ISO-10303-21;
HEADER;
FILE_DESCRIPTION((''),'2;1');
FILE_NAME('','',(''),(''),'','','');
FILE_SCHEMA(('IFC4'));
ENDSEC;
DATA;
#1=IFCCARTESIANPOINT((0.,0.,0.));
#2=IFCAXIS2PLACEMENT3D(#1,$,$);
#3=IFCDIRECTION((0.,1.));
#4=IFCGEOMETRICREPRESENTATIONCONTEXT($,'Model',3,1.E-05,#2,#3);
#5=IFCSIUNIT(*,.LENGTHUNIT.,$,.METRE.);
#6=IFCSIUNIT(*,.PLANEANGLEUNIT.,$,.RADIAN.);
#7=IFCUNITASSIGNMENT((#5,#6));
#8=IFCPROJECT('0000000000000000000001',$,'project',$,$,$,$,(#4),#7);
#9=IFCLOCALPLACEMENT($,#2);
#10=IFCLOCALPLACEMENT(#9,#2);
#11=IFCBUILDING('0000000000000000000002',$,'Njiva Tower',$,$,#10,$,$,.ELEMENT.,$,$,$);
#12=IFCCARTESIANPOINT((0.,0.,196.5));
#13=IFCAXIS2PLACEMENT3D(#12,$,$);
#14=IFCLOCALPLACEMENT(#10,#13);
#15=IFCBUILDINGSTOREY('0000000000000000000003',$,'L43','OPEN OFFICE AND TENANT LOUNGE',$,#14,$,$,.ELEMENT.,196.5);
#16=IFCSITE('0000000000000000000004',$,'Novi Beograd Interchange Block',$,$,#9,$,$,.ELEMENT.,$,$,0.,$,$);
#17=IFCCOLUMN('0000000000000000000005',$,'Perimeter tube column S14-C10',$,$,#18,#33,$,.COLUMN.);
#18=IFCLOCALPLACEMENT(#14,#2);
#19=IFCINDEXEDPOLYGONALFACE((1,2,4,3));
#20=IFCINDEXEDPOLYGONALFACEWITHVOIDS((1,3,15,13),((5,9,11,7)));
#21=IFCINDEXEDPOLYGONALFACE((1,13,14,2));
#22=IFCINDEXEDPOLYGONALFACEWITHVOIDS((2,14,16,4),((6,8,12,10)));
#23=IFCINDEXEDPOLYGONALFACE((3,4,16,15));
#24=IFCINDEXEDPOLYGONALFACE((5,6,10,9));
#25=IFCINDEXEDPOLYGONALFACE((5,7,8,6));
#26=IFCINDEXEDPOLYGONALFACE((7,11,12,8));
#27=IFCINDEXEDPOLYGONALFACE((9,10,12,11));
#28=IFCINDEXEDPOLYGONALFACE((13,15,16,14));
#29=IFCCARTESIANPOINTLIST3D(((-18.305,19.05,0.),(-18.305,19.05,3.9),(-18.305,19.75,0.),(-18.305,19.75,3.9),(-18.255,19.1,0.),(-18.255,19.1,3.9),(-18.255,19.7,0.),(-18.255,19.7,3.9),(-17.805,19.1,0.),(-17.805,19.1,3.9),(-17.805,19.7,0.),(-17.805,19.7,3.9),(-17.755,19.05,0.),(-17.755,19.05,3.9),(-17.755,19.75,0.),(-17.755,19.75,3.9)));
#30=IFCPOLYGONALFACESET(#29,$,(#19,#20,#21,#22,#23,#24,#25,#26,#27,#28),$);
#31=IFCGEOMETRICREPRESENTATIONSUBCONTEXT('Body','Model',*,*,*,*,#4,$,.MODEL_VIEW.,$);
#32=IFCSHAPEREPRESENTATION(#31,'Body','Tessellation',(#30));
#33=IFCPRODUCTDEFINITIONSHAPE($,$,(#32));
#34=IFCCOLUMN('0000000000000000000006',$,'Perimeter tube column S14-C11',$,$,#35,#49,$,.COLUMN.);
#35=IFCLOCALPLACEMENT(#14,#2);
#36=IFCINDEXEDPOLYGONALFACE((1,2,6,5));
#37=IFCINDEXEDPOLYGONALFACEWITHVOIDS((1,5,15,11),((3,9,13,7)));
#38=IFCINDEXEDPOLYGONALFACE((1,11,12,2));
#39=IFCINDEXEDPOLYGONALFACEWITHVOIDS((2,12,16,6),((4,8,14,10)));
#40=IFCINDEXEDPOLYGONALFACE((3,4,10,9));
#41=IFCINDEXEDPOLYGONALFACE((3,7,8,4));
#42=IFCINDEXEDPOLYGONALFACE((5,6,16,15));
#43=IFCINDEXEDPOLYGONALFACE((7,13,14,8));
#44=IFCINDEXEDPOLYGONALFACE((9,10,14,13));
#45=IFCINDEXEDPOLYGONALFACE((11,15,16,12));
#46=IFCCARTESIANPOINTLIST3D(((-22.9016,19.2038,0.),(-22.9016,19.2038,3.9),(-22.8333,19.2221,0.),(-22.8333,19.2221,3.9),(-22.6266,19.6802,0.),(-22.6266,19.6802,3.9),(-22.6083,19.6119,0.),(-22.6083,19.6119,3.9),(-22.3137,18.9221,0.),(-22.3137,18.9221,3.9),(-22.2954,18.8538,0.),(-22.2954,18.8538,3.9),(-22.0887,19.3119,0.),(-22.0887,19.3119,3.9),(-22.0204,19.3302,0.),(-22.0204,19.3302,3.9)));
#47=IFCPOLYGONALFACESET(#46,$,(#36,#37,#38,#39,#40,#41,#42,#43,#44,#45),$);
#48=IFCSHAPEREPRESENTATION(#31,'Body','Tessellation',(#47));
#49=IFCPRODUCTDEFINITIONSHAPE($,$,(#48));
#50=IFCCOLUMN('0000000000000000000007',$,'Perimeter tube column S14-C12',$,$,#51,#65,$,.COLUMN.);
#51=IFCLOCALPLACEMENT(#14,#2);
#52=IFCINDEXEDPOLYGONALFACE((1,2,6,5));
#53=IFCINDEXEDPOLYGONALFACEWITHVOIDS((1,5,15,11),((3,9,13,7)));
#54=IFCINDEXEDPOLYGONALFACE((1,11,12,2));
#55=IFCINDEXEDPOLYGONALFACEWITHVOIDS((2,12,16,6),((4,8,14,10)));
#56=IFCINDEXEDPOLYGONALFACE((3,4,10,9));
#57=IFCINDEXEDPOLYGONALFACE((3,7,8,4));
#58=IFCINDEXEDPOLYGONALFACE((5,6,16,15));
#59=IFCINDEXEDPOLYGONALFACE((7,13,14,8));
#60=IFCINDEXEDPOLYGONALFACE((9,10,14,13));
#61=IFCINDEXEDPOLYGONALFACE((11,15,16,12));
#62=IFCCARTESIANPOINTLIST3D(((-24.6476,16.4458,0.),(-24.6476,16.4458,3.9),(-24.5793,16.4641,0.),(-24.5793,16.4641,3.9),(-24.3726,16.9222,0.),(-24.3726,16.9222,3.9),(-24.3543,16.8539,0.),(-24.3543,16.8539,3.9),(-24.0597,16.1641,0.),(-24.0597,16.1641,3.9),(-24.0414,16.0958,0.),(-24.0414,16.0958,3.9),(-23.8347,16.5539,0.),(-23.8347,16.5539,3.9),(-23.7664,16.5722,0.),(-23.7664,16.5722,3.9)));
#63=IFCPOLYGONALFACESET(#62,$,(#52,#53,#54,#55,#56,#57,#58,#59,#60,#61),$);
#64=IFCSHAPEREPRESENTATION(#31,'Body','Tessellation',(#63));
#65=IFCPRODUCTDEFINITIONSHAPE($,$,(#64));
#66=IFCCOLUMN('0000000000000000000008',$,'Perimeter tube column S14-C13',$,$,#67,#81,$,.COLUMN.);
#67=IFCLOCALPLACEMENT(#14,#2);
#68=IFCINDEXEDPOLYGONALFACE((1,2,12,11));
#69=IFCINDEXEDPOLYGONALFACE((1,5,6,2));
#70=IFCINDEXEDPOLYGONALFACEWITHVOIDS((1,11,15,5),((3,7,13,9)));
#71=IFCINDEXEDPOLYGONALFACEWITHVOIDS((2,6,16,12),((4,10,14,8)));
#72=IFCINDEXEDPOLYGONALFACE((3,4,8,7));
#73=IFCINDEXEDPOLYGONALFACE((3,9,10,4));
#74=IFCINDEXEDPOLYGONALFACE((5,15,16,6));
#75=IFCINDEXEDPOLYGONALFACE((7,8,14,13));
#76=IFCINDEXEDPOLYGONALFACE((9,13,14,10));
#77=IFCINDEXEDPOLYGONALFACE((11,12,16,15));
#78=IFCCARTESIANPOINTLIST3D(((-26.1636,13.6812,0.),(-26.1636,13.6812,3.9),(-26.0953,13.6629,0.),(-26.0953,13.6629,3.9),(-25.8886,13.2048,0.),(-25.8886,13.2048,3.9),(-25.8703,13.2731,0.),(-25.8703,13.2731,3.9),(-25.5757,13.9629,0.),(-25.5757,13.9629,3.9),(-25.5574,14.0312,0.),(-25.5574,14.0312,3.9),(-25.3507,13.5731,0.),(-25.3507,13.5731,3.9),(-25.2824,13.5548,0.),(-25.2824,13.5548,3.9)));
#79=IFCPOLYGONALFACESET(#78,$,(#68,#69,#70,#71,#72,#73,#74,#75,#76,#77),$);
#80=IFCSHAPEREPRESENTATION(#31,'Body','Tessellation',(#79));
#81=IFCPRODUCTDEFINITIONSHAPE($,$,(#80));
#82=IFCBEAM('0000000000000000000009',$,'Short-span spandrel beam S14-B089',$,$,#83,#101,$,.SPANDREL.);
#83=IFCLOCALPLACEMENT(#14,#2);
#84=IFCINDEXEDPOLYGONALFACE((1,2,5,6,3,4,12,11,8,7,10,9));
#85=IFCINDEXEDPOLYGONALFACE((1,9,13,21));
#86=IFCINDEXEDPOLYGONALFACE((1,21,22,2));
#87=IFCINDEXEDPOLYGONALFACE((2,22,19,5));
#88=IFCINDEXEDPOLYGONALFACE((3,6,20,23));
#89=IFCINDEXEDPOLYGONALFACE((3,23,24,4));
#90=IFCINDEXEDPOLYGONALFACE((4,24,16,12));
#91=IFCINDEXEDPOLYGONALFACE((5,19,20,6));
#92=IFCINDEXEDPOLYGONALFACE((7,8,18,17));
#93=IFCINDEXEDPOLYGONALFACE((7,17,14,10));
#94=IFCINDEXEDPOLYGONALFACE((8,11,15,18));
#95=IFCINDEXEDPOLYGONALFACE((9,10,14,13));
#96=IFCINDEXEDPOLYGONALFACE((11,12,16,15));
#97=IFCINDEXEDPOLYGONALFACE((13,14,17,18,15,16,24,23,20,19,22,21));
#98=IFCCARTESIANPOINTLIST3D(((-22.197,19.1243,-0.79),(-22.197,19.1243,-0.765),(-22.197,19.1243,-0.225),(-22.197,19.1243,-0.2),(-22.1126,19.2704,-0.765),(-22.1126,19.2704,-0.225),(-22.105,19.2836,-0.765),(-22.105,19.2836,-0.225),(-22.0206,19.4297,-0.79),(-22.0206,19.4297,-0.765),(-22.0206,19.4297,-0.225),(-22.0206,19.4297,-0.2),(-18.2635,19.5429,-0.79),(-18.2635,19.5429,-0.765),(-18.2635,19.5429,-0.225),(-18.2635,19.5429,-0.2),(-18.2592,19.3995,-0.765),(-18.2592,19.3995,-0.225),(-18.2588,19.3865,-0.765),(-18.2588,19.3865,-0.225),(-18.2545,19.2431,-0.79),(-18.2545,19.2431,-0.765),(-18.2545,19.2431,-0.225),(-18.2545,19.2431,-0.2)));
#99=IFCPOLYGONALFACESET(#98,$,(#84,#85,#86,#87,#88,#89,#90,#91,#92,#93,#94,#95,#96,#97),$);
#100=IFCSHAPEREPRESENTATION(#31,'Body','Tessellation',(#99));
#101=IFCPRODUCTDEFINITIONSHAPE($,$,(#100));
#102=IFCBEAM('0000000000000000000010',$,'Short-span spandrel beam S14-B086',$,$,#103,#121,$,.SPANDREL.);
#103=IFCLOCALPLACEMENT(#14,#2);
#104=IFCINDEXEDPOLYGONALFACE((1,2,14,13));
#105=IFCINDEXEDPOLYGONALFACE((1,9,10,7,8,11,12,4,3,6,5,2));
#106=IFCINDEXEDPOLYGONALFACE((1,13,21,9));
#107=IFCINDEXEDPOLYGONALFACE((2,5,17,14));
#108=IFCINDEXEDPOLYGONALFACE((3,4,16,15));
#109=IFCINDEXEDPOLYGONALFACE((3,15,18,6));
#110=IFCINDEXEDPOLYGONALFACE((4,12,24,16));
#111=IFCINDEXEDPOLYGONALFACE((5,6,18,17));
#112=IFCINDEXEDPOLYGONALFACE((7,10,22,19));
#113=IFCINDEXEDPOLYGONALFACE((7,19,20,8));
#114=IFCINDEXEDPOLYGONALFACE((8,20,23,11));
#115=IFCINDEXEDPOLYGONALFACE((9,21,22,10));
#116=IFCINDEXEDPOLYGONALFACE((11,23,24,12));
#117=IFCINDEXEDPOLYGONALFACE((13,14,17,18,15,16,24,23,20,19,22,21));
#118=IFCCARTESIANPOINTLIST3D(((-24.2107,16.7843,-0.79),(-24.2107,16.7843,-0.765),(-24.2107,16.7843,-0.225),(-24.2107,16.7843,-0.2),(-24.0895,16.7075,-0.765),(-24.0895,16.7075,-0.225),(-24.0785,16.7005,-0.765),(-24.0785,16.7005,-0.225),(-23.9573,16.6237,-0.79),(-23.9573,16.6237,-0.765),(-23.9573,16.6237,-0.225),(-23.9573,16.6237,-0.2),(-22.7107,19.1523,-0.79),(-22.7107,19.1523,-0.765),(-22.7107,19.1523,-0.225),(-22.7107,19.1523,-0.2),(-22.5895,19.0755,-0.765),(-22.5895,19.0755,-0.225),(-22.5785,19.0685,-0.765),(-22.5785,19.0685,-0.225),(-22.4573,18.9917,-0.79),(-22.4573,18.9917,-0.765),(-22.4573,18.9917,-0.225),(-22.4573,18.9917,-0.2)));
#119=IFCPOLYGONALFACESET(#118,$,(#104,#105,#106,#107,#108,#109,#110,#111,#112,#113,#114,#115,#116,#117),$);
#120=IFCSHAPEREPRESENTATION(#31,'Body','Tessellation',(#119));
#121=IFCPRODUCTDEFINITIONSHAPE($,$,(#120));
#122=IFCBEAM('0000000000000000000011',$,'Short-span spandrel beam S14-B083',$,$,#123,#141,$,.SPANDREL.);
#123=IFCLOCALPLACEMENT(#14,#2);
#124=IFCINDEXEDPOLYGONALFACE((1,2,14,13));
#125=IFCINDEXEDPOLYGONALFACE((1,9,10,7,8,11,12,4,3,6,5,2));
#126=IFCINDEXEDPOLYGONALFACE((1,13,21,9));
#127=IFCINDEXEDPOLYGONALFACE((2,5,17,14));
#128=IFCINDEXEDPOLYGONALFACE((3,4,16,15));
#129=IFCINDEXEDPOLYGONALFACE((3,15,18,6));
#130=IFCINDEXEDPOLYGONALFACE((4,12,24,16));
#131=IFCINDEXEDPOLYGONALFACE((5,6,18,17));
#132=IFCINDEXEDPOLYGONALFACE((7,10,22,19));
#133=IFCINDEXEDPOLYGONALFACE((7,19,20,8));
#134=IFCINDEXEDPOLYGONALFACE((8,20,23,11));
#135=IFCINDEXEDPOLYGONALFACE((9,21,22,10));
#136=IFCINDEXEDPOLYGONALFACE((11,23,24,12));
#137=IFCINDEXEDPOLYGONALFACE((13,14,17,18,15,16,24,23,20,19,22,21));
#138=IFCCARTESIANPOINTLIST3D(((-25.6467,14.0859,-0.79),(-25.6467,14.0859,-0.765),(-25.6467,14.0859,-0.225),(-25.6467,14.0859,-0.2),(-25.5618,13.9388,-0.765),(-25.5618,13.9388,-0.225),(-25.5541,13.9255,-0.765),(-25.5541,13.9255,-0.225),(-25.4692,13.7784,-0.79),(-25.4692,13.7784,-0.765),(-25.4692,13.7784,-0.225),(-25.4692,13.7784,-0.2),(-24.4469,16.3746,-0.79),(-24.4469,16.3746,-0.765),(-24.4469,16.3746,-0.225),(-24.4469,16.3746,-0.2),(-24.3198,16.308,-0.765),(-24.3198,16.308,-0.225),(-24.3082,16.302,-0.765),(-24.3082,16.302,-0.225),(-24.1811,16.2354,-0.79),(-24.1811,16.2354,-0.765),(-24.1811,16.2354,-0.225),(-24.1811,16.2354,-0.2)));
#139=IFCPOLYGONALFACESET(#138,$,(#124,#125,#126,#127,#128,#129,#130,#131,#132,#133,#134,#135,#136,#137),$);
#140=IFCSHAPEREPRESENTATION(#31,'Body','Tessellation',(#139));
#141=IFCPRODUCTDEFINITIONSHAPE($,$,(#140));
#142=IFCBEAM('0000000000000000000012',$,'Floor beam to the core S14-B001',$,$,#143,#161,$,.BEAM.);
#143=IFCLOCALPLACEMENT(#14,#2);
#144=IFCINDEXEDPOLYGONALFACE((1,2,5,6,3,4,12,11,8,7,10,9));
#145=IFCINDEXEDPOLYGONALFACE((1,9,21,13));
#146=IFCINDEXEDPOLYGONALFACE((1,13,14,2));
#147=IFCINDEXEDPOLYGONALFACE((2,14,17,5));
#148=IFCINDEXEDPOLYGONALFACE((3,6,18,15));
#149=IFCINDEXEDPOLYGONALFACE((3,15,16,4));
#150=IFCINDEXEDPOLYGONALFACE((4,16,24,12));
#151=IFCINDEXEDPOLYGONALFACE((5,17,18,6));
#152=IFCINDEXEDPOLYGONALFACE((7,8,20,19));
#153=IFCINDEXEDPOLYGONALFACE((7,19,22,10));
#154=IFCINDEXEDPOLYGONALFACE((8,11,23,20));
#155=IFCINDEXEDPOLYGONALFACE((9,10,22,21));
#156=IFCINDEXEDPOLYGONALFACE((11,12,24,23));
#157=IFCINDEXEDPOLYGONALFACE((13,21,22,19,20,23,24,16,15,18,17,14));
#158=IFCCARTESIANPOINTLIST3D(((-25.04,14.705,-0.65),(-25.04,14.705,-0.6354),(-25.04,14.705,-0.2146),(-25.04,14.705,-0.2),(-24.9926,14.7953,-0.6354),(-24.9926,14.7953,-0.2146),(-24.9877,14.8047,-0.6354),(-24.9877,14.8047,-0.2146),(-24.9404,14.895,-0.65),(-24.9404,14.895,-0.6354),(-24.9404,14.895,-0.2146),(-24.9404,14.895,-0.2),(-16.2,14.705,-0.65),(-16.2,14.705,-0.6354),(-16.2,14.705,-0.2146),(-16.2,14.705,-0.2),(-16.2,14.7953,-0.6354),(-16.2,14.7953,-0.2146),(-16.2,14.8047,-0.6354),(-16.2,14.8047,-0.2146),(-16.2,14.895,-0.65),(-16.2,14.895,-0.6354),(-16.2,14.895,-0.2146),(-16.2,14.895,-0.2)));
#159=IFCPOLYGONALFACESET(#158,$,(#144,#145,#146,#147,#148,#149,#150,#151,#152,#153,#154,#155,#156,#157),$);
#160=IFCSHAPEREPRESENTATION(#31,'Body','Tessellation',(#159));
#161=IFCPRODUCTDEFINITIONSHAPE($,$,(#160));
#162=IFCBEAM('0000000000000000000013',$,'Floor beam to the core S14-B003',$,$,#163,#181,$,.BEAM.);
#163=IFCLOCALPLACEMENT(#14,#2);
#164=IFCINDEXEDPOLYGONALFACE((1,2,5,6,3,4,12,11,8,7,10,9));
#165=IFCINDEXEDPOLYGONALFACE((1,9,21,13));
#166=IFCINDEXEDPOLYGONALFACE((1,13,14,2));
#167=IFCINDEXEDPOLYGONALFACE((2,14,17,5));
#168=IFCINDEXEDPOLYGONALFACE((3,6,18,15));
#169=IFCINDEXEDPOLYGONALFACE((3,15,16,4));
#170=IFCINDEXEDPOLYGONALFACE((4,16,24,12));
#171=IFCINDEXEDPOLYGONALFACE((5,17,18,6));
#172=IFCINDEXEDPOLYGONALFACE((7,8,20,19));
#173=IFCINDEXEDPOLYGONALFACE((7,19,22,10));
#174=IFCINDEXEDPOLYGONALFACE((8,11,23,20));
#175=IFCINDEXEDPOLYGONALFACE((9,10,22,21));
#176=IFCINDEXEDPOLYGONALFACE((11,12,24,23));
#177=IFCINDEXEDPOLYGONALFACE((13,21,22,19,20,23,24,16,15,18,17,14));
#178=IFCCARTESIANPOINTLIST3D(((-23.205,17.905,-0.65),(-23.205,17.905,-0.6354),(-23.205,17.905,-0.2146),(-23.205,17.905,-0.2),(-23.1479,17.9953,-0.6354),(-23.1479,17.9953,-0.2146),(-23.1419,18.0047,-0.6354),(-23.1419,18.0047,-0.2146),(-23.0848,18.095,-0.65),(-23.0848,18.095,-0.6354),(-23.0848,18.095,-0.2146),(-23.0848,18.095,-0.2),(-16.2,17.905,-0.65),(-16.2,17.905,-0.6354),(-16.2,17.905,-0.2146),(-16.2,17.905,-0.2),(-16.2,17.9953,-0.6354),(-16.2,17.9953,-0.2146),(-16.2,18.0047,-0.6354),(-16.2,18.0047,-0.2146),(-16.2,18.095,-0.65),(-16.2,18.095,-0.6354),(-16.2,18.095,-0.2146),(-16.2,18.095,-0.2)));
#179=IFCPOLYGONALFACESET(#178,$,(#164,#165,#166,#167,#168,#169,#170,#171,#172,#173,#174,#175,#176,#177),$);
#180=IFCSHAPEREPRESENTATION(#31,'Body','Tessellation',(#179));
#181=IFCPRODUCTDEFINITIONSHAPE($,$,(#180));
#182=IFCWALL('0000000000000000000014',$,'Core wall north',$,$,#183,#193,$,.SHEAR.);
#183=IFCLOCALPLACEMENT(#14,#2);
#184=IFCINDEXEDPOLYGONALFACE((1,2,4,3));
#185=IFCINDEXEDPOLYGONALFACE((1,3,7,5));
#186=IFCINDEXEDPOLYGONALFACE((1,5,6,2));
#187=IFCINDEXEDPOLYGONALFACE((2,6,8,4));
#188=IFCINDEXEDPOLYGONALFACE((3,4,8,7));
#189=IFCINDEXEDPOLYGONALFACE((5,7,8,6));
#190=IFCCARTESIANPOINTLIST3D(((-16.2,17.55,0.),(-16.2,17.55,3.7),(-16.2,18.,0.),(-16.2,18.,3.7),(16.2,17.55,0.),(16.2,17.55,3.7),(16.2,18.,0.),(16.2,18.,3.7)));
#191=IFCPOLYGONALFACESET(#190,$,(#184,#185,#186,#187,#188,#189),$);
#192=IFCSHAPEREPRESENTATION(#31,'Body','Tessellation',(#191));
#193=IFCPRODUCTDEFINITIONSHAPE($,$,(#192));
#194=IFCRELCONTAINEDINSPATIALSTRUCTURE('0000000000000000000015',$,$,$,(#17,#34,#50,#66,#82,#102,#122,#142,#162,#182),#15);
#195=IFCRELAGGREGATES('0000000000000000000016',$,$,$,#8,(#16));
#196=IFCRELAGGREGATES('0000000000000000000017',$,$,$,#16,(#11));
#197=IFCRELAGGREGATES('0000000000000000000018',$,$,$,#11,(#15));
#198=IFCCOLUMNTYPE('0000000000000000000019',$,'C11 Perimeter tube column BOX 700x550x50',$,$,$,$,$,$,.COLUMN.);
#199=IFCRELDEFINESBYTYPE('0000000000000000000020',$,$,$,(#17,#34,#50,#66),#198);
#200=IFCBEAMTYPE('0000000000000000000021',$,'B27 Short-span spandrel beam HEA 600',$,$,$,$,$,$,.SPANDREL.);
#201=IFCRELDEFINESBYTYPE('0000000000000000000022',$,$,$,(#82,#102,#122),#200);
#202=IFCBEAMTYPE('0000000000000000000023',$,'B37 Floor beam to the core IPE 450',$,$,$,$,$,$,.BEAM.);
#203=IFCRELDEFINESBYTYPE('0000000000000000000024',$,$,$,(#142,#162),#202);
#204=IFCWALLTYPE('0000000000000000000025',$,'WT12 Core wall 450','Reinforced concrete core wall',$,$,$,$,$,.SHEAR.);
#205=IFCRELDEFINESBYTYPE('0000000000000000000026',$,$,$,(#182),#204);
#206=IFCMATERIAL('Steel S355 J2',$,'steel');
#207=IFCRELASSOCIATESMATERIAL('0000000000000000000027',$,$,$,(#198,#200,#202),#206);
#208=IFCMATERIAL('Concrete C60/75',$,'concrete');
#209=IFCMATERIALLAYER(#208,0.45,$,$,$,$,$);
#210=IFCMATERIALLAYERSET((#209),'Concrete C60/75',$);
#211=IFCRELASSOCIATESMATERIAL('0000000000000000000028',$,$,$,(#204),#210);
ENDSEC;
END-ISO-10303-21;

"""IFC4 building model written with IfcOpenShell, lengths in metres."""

from ifc_helpers import new_model, si_unit, direction, frame, frame_2d, origin, origin_2d, place, context, subcontext, project, spatial, rectangle, hollow_rectangle, i_section, extrude, clip, halfspace, material, layer, layer_set, material_profile, profile_set, type_object, element, save


model = new_model("IFC4")

# Units and contexts
model_context = context("Model", 3, precision=1e-05, world=origin(), true_north=direction((0.0, 1.0)))
body_context = subcontext(model_context, "Body", "Model", "MODEL_VIEW")
ifc_project = project(units=[si_unit("LENGTHUNIT", "METRE"), si_unit("PLANEANGLEUNIT", "RADIAN")], contexts=[model_context])

# Site, building, storey
site_placement = place(None, origin())
site = spatial("IfcSite", under=ifc_project, at=site_placement, Name="Novi Beograd Interchange Block", CompositionType="ELEMENT", RefElevation=0.0)
building_placement = place(site_placement, origin())
building = spatial("IfcBuilding", under=site, at=building_placement, Name="Njiva Tower", CompositionType="ELEMENT")
storey_placement = place(building_placement, frame((0.0, 0.0, 196.5)))
storey = spatial("IfcBuildingStorey", under=building, at=storey_placement, Name="L43", Description="OPEN OFFICE AND TENANT LOUNGE", CompositionType="ELEMENT", Elevation=196.5)

# Columns
ifc_material_1 = material(Name="Steel S355 J2", Category="steel")
ifc_material_profile_1 = material_profile(ifc_material_1, hollow_rectangle(XDim=0.55, YDim=0.7, WallThickness=0.05, at=origin_2d()), Name="BOX 700x550x50")
ifc_profile_set_1 = profile_set([ifc_material_profile_1], Name="Steel S355 J2")
column_type = type_object("IfcColumnType", Name="C11 Perimeter tube column BOX 700x550x50", PredefinedType="COLUMN", material=ifc_profile_set_1)
for number, where, z_axis, x_axis, name in (
    (1, (-18.03, 19.4, 0.0), (0.0, 0.0, 1.0), (-1.0, 0.0, 0.0), "Perimeter tube column S14-C10"),
    (2, (-22.461, 19.267, 0.0), (0.0, 0.0, 1.0), (-0.5, -0.866025, 0.0), "Perimeter tube column S14-C11"),
    (3, (-24.207, 16.509, 0.0), (0.0, 0.0, 1.0), (-0.5, -0.866025, 0.0), "Perimeter tube column S14-C12"),
    (4, (-25.723, 13.618, 0.0), (0.0, 0.0, 1.0), (0.5, -0.866025, 0.0), "Perimeter tube column S14-C13"),
):
    element("IfcColumn", number, at=place(storey_placement, frame(where, z_axis=z_axis, x_axis=x_axis)), inside=storey, type_object=column_type, Name=name, PredefinedType="COLUMN", context=body_context, shape_type="SweptSolid", body=[
        extrude(hollow_rectangle(XDim=0.55, YDim=0.7, WallThickness=0.05, at=origin_2d()), origin(), (0.0, 0.0, 1.0), 3.9),
    ])

# Beams
ifc_material_profile_2 = material_profile(ifc_material_1, i_section(OverallWidth=0.3, OverallDepth=0.59, WebThickness=0.013, FlangeThickness=0.025, at=origin_2d()), Name="HEA 600")
ifc_profile_set_2 = profile_set([ifc_material_profile_2], Name="Steel S355 J2")
beam_type_1 = type_object("IfcBeamType", Name="B27 Short-span spandrel beam HEA 600", PredefinedType="SPANDREL", material=ifc_profile_set_2)
beam_1_placement = place(storey_placement, frame((-18.259, 19.393, -0.495), z_axis=(-0.999546, -0.030116, 0.0), x_axis=(0.030116, -0.999546, 0.0)))
element("IfcBeam", 5, at=beam_1_placement, inside=storey, type_object=beam_type_1, Name="Short-span spandrel beam S14-B089", PredefinedType="SPANDREL", context=body_context, shape_type="Clipping", body=[
    clip(extrude(i_section(OverallWidth=0.3, OverallDepth=0.59, WebThickness=0.013, FlangeThickness=0.025, at=origin_2d()), origin(), (0.0, 0.0, 1.0), 3.9647), halfspace(frame((-0.0268, 0.0, 3.835), z_axis=(-0.525853, 0.0, 0.850576), x_axis=(0.0, 1.0, 0.0)), False)),
])
beam_2_placement = place(storey_placement, frame((-22.584, 19.072, -0.495), z_axis=(-0.53512, -0.844776, 0.0), x_axis=(0.844776, -0.53512, 0.0)))
element("IfcBeam", 6, at=beam_2_placement, inside=storey, type_object=beam_type_1, Name="Short-span spandrel beam S14-B086", PredefinedType="SPANDREL", context=body_context, shape_type="SweptSolid", body=[
    extrude(i_section(OverallWidth=0.3, OverallDepth=0.59, WebThickness=0.013, FlangeThickness=0.025, at=origin_2d()), origin(), (0.0, 0.0, 1.0), 2.8031),
])
beam_3_placement = place(storey_placement, frame((-24.314, 16.305, -0.495), z_axis=(-0.4643, -0.885678, 0.0), x_axis=(0.885678, -0.4643, 0.0)))
element("IfcBeam", 7, at=beam_3_placement, inside=storey, type_object=beam_type_1, Name="Short-span spandrel beam S14-B083", PredefinedType="SPANDREL", context=body_context, shape_type="Clipping", body=[
    clip(extrude(i_section(OverallWidth=0.3, OverallDepth=0.59, WebThickness=0.013, FlangeThickness=0.025, at=origin_2d()), origin(), (0.0, 0.0, 1.0), 2.7943), halfspace(frame((-0.0268, 0.0, 2.6622), z_axis=(-0.534872, 0.0, 0.844933), x_axis=(0.0, 1.0, 0.0)), False)),
])
ifc_material_profile_3 = material_profile(ifc_material_1, i_section(OverallWidth=0.19, OverallDepth=0.45, WebThickness=0.0094, FlangeThickness=0.0146, at=origin_2d()), Name="IPE 450")
ifc_profile_set_3 = profile_set([ifc_material_profile_3], Name="Steel S355 J2")
beam_type_2 = type_object("IfcBeamType", Name="B37 Floor beam to the core IPE 450", PredefinedType="BEAM", material=ifc_profile_set_3)
beam_4_placement = place(storey_placement, frame((-25.06, 14.8, -0.425), z_axis=(1.0, 0.0, 0.0), x_axis=(0.0, 1.0, 0.0)))
element("IfcBeam", 8, at=beam_4_placement, inside=storey, type_object=beam_type_2, Name="Floor beam to the core S14-B001", PredefinedType="BEAM", context=body_context, shape_type="Clipping", body=[
    clip(extrude(i_section(OverallWidth=0.19, OverallDepth=0.45, WebThickness=0.0094, FlangeThickness=0.0146, at=origin_2d()), origin(), (0.0, 0.0, 1.0), 8.86), halfspace(frame((0.0232, 0.0, 0.082), z_axis=(0.464267, 0.0, -0.885695), x_axis=(0.0, -1.0, 0.0)), False)),
])
beam_5_placement = place(storey_placement, frame((-23.225, 18.0, -0.425), z_axis=(1.0, 0.0, 0.0), x_axis=(0.0, 1.0, 0.0)))
element("IfcBeam", 9, at=beam_5_placement, inside=storey, type_object=beam_type_2, Name="Floor beam to the core S14-B003", PredefinedType="BEAM", context=body_context, shape_type="Clipping", body=[
    clip(extrude(i_section(OverallWidth=0.19, OverallDepth=0.45, WebThickness=0.0094, FlangeThickness=0.0146, at=origin_2d()), origin(), (0.0, 0.0, 1.0), 7.025), halfspace(frame((0.0267, 0.0, 0.097), z_axis=(0.534902, 0.0, -0.844914), x_axis=(0.0, -1.0, 0.0)), False)),
])

# Wall
ifc_material_2 = material(Name="Concrete C60/75", Category="concrete")
ifc_layer_1 = layer(ifc_material_2, 0.45)
ifc_layer_set_1 = layer_set([ifc_layer_1], Name="Concrete C60/75")
wall_type_1 = type_object("IfcWallType", Name="WT12 Core wall 450", Description="Reinforced concrete core wall", PredefinedType="SHEAR", material=ifc_layer_set_1)
wall_1_placement = place(storey_placement, frame((-16.2, 17.775, 0.0), z_axis=(0.0, 0.0, 1.0), x_axis=(1.0, 0.0, 0.0)))
element("IfcWall", 10, at=wall_1_placement, inside=storey, type_object=wall_type_1, Name="Core wall north", PredefinedType="SHEAR", context=body_context, shape_type="SweptSolid", body=[
    extrude(rectangle(XDim=32.4, YDim=0.45, at=frame_2d((16.2, 0.0))), origin(), (0.0, 0.0, 1.0), 3.7),
])

save(model, "model.ifc")
